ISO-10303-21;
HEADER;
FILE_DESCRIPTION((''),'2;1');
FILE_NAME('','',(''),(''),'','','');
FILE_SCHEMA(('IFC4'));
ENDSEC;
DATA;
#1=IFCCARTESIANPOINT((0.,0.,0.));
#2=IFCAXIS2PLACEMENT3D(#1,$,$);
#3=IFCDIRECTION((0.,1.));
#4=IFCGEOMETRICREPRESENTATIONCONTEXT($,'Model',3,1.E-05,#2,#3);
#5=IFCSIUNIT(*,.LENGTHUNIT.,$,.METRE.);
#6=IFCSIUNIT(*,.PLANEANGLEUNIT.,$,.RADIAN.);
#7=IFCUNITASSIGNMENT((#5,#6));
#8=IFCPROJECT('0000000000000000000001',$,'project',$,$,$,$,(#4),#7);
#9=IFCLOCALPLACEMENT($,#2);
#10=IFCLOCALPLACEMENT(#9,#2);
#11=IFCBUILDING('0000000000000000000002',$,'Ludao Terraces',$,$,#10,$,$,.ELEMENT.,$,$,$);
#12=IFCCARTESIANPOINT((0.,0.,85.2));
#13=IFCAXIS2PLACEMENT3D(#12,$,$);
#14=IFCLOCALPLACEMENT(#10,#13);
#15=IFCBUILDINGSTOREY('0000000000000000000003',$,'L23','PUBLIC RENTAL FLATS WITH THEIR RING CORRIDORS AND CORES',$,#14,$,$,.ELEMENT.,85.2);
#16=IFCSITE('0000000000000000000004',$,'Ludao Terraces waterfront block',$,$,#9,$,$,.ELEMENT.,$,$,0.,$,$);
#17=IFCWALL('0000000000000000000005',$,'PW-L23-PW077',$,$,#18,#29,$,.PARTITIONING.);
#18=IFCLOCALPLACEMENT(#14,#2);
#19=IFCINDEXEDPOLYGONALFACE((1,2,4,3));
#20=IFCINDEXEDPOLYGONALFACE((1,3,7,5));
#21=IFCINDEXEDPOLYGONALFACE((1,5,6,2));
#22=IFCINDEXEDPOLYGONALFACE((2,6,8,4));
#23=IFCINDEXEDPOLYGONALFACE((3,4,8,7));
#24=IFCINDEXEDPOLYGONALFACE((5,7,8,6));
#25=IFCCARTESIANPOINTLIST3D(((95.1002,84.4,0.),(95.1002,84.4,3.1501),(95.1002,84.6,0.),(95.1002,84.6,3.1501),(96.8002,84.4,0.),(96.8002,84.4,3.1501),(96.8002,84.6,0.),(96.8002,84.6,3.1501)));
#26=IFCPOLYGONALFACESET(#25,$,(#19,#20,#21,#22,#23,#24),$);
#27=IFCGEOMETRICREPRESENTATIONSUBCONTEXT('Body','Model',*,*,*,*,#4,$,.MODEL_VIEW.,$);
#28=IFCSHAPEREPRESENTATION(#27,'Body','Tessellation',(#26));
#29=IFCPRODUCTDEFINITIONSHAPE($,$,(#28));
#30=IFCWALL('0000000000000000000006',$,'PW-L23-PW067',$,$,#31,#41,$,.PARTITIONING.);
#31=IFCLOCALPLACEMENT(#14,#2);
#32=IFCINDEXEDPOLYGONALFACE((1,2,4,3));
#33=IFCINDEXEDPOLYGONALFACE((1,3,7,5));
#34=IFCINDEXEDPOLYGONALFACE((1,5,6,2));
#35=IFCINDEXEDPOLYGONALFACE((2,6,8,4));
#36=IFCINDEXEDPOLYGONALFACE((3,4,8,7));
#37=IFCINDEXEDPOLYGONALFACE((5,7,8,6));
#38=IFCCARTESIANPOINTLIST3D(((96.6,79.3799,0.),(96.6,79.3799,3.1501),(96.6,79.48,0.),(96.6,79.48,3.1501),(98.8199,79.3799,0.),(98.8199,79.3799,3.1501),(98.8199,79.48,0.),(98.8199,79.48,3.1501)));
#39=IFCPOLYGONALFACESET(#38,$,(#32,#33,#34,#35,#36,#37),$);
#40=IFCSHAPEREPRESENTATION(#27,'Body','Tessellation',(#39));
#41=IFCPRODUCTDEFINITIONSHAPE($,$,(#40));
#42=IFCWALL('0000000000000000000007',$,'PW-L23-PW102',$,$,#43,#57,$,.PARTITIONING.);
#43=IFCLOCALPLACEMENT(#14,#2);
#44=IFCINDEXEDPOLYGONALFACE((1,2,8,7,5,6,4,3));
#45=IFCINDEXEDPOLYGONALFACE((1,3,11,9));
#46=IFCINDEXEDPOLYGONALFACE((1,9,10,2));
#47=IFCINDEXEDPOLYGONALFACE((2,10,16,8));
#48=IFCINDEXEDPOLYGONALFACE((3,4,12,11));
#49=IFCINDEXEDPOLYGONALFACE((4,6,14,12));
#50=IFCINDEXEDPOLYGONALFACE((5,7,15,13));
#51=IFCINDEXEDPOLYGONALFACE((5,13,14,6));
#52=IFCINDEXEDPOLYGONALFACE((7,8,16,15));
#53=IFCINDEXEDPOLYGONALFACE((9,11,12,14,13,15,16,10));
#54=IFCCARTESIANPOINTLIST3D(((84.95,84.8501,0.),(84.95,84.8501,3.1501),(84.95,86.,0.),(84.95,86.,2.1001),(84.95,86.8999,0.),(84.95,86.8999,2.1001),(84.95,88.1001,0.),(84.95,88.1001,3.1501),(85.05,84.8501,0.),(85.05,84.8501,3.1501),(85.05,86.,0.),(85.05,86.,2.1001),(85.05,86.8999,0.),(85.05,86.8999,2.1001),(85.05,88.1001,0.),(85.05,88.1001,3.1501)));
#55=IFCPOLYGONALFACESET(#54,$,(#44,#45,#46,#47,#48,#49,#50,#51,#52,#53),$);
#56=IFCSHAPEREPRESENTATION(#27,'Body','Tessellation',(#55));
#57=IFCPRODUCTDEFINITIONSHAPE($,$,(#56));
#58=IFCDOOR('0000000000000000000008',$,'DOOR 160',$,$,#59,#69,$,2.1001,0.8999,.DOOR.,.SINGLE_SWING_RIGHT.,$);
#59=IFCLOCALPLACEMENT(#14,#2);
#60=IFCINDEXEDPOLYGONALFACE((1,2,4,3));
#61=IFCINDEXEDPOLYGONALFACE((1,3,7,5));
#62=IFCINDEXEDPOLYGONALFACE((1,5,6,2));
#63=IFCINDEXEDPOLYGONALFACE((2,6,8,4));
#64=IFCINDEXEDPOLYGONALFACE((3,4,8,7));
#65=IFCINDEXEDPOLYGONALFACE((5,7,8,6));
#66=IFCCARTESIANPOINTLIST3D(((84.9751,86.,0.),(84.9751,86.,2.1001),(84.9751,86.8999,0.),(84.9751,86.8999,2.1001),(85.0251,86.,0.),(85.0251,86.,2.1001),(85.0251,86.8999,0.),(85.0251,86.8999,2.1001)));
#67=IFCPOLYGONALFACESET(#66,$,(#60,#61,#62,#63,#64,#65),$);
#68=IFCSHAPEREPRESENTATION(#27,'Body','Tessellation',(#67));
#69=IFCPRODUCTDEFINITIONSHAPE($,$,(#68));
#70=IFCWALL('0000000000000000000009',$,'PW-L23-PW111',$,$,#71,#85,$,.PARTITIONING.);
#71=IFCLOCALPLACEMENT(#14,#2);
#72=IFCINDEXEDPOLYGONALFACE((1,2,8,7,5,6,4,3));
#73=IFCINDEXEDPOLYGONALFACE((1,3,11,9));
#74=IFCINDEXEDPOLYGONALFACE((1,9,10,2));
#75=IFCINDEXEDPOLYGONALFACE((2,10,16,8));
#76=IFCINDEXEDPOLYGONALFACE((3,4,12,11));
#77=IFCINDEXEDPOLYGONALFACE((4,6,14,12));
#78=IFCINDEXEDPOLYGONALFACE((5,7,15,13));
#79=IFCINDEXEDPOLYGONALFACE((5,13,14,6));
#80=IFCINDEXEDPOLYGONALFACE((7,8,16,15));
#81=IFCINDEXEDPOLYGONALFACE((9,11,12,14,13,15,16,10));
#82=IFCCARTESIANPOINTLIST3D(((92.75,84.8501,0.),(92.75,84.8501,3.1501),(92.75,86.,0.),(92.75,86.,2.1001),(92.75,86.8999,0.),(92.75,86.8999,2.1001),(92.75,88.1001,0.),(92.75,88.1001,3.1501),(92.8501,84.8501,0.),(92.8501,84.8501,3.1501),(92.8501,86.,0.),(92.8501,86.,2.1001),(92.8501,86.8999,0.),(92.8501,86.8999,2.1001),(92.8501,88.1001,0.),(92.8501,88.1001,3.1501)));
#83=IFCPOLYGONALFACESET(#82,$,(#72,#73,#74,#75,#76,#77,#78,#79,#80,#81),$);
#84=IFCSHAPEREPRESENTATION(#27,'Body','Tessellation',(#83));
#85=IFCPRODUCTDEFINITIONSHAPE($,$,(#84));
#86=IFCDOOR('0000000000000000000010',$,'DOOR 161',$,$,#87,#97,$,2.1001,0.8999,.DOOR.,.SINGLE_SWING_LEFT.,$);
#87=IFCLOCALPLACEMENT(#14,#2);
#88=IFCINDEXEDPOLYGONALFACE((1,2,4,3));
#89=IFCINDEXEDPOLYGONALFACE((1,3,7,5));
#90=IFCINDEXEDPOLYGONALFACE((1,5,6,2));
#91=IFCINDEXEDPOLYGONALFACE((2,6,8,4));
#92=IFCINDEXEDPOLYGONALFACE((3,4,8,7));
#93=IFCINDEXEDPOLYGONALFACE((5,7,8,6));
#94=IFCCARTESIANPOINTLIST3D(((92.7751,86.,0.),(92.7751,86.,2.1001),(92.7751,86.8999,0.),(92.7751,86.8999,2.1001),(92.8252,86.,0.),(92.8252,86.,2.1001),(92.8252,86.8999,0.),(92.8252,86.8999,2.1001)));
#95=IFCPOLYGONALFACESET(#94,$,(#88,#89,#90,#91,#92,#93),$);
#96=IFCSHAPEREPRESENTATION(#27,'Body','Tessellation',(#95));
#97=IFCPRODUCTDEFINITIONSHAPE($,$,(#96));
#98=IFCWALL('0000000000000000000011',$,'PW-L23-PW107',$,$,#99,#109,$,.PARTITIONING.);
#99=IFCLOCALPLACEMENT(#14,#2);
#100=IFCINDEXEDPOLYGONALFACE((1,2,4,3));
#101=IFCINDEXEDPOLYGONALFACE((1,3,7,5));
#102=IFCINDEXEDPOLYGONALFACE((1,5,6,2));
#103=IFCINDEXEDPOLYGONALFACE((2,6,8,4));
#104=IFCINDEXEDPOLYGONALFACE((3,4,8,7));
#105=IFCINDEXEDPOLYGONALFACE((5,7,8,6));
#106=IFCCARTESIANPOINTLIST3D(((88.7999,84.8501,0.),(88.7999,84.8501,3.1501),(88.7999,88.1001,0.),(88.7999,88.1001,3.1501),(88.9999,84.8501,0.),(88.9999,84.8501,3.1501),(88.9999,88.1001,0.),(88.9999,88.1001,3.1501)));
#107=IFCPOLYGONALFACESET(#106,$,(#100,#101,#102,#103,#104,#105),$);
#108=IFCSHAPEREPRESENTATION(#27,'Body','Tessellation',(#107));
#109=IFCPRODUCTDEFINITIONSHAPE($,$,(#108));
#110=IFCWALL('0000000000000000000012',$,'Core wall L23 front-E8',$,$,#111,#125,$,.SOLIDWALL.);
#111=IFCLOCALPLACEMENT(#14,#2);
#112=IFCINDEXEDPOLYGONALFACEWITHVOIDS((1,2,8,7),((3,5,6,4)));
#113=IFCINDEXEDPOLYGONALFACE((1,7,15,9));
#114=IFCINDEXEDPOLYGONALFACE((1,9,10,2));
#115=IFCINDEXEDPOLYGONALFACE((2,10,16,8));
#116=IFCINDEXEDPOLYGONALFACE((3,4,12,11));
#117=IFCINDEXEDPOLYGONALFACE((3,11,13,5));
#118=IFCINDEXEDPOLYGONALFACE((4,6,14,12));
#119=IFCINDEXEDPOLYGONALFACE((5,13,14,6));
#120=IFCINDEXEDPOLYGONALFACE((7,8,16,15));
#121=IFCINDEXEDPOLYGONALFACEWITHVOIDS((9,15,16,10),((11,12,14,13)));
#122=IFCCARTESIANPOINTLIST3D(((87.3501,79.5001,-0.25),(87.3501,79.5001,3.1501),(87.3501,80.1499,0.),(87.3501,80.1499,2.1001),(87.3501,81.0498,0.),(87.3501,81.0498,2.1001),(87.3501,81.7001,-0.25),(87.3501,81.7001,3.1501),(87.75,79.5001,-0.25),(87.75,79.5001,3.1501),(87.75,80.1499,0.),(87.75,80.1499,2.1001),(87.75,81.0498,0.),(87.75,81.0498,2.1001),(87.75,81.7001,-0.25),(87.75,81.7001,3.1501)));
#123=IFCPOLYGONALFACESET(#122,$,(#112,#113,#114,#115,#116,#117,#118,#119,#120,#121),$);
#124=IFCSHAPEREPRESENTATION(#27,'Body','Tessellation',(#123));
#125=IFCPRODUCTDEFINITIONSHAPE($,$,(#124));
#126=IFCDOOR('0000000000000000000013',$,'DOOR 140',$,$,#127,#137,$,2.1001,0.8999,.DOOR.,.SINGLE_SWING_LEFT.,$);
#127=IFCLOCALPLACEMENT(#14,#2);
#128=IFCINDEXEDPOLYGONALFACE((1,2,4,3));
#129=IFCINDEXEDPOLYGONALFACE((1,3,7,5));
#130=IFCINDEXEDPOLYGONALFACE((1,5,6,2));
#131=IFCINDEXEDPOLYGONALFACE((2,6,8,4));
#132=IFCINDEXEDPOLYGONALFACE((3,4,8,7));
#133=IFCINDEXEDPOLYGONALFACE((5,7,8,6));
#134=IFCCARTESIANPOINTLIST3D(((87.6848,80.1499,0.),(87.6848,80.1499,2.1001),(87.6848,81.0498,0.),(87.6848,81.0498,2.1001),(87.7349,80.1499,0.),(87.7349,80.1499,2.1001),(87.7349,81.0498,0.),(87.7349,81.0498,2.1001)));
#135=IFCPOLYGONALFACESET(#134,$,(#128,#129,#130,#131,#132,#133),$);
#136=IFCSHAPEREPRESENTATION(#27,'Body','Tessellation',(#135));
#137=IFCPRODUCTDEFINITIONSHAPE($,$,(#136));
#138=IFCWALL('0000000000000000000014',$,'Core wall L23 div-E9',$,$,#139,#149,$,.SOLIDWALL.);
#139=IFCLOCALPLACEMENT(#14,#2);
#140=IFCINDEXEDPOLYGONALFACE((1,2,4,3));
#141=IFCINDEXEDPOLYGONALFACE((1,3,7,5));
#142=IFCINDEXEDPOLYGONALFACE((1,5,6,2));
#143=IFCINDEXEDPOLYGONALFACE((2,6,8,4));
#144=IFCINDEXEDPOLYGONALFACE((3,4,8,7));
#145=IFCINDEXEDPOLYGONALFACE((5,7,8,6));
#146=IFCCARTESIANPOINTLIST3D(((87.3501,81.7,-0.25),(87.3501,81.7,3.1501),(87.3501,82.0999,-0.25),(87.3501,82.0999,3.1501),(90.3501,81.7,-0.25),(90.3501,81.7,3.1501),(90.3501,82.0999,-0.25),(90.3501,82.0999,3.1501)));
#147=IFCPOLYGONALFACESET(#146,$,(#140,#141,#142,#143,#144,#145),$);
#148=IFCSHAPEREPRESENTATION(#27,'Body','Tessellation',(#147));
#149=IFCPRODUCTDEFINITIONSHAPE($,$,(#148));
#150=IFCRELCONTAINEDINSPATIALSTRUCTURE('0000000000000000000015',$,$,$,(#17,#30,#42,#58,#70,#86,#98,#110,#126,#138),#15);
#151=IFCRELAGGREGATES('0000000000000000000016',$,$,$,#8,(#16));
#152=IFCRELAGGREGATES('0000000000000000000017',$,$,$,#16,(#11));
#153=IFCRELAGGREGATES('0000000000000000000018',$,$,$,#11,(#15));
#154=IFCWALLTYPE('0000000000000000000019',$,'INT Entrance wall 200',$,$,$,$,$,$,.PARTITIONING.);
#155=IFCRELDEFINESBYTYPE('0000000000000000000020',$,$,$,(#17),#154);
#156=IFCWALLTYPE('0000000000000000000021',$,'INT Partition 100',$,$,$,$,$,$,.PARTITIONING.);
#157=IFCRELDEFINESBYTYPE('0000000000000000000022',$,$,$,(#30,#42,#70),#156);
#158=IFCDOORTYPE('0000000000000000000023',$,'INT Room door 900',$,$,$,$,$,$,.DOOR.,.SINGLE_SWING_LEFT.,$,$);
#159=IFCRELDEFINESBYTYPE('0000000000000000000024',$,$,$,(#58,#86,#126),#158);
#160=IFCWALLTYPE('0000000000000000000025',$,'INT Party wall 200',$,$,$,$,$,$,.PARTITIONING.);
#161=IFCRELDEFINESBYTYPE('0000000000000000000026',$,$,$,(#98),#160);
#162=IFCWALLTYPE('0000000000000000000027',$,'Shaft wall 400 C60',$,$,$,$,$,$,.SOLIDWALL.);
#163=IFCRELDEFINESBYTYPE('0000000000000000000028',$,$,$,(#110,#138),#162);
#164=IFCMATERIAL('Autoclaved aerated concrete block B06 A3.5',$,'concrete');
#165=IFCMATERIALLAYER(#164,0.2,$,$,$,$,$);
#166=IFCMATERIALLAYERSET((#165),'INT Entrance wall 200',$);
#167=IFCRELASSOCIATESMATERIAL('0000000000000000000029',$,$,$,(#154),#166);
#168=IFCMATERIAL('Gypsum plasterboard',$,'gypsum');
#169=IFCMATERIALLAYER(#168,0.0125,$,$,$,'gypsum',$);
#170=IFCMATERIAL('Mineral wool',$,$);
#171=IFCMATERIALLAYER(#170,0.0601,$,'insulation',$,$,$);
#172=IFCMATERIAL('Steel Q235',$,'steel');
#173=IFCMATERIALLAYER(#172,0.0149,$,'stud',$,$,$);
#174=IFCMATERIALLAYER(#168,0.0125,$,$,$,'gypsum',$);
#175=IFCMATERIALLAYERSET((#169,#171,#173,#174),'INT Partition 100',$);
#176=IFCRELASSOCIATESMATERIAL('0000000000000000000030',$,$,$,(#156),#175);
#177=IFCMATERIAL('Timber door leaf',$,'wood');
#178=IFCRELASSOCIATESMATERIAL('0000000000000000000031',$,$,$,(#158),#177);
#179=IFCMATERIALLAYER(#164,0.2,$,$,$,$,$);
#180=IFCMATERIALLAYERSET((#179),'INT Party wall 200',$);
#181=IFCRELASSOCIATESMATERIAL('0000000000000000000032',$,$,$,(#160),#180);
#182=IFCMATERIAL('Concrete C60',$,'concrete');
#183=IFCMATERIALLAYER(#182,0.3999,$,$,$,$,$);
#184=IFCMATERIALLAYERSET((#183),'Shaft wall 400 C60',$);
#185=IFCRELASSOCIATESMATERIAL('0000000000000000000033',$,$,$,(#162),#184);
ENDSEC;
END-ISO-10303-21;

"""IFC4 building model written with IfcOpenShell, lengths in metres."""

from ifc_helpers import new_model, si_unit, direction, frame, frame_2d, origin, place, context, subcontext, project, spatial, rectangle, extrude, material, layer, layer_set, type_object, element, fill, save


model = new_model("IFC4")

# Units and contexts
model_context = context("Model", 3, precision=1e-05, world=origin(), true_north=direction((0.0, 1.0)))
body_context = subcontext(model_context, "Body", "Model", "MODEL_VIEW")
ifc_project = project(units=[si_unit("LENGTHUNIT", "METRE"), si_unit("PLANEANGLEUNIT", "RADIAN")], contexts=[model_context])

# Site, building, storey
site_placement = place(None, origin())
site = spatial("IfcSite", under=ifc_project, at=site_placement, Name="Ludao Terraces waterfront block", CompositionType="ELEMENT", RefElevation=0.0)
building_placement = place(site_placement, origin())
building = spatial("IfcBuilding", under=site, at=building_placement, Name="Ludao Terraces", CompositionType="ELEMENT")
storey_placement = place(building_placement, frame((0.0, 0.0, 85.2)))
storey = spatial("IfcBuildingStorey", under=building, at=storey_placement, Name="L23", Description="PUBLIC RENTAL FLATS WITH THEIR RING CORRIDORS AND CORES", CompositionType="ELEMENT", Elevation=85.2)

# Shared definitions
ifc_material_1 = material(Name="Mineral wool")

# Walls
ifc_material_2 = material(Name="Autoclaved aerated concrete block B06 A3.5", Category="concrete")
ifc_layer_1 = layer(ifc_material_2, 0.2)
ifc_layer_set_1 = layer_set([ifc_layer_1], Name="INT Entrance wall 200")
wall_type_1 = type_object("IfcWallType", Name="INT Entrance wall 200", PredefinedType="PARTITIONING", material=ifc_layer_set_1)
wall_1_placement = place(storey_placement, frame((95.1001, 84.5, 0.0), z_axis=(0.0, 0.0, 1.0), x_axis=(1.0, 0.0, 0.0)))
element("IfcWall", 1, at=wall_1_placement, inside=storey, type_object=wall_type_1, Name="PW-L23-PW077", PredefinedType="PARTITIONING", context=body_context, shape_type="SweptSolid", body=[
    extrude(rectangle(XDim=1.7, YDim=0.2, at=frame_2d((0.8501, 0.0))), origin(), (0.0, 0.0, 1.0), 3.1501),
])
ifc_material_3 = material(Name="Gypsum plasterboard", Category="gypsum")
ifc_layer_2 = layer(ifc_material_3, 0.0125, Category="gypsum")
ifc_layer_3 = layer(ifc_material_1, 0.0601, Name="insulation")
ifc_material_4 = material(Name="Steel Q235", Category="steel")
ifc_layer_4 = layer(ifc_material_4, 0.0149, Name="stud")
ifc_layer_5 = layer(ifc_material_3, 0.0125, Category="gypsum")
ifc_layer_set_2 = layer_set([ifc_layer_2, ifc_layer_3, ifc_layer_4, ifc_layer_5], Name="INT Partition 100")
wall_type_2 = type_object("IfcWallType", Name="INT Partition 100", PredefinedType="PARTITIONING", material=ifc_layer_set_2)
wall_2_placement = place(storey_placement, frame((96.6001, 79.4299, 0.0), z_axis=(0.0, 0.0, 1.0), x_axis=(1.0, 0.0, 0.0)))
element("IfcWall", 2, at=wall_2_placement, inside=storey, type_object=wall_type_2, Name="PW-L23-PW067", PredefinedType="PARTITIONING", context=body_context, shape_type="SweptSolid", body=[
    extrude(rectangle(XDim=2.22, YDim=0.1001, at=frame_2d((1.1099, 0.0))), origin(), (0.0, 0.0, 1.0), 3.1501),
])

# Walls, openings, doors
wall_3_placement = place(storey_placement, frame((85.0, 84.8501, 0.0), z_axis=(0.0, 0.0, 1.0), x_axis=(0.0, 1.0, 0.0)))
wall_3 = element("IfcWall", 3, at=wall_3_placement, inside=storey, type_object=wall_type_2, Name="PW-L23-PW102", PredefinedType="PARTITIONING", context=body_context, shape_type="SweptSolid", body=[
    extrude(rectangle(XDim=3.25, YDim=0.1001, at=frame_2d((1.625, 0.0))), origin(), (0.0, 0.0, 1.0), 3.1501),
])
opening_1_placement = place(wall_3_placement, frame((1.1499, 0.0, 0.0)))
opening_1 = element("IfcOpeningElement", 4, at=opening_1_placement, cuts=wall_3, PredefinedType="OPENING", context=body_context, shape_type="SweptSolid", body=[
    extrude(rectangle(XDim=0.8999, YDim=2.1001, at=frame_2d((0.45, 1.05))), frame((0.0, 0.0601, 0.0), z_axis=(0.0, -1.0, 0.0), x_axis=(1.0, 0.0, 0.0)), (0.0, 0.0, 1.0), 0.1201),
])
ifc_material_5 = material(Name="Timber door leaf", Category="wood")
door_type_1 = type_object("IfcDoorType", Name="INT Room door 900", OperationType="SINGLE_SWING_LEFT", PredefinedType="DOOR", material=ifc_material_5)
door_1_placement = place(opening_1_placement, origin())
door_1 = element("IfcDoor", 5, at=door_1_placement, inside=storey, type_object=door_type_1, Name="DOOR 160", OperationType="SINGLE_SWING_RIGHT", OverallHeight=2.1001, OverallWidth=0.8999, PredefinedType="DOOR", context=body_context, shape_type="SweptSolid", body=[
    extrude(rectangle(XDim=0.8999, YDim=2.1001, at=frame_2d((0.45, 1.05))), frame((0.0, 0.0249, 0.0), z_axis=(0.0, -1.0, 0.0), x_axis=(1.0, 0.0, 0.0)), (0.0, 0.0, 1.0), 0.05),
])
fill(opening_1, door_1)
wall_4_placement = place(storey_placement, frame((92.8, 84.8501, 0.0), z_axis=(0.0, 0.0, 1.0), x_axis=(0.0, 1.0, 0.0)))
wall_4 = element("IfcWall", 6, at=wall_4_placement, inside=storey, type_object=wall_type_2, Name="PW-L23-PW111", PredefinedType="PARTITIONING", context=body_context, shape_type="SweptSolid", body=[
    extrude(rectangle(XDim=3.25, YDim=0.1001, at=frame_2d((1.625, 0.0))), origin(), (0.0, 0.0, 1.0), 3.1501),
])
opening_2_placement = place(wall_4_placement, frame((1.1499, 0.0, 0.0)))
opening_2 = element("IfcOpeningElement", 7, at=opening_2_placement, cuts=wall_4, PredefinedType="OPENING", context=body_context, shape_type="SweptSolid", body=[
    extrude(rectangle(XDim=0.8999, YDim=2.1001, at=frame_2d((0.45, 1.05))), frame((0.0, 0.0601, 0.0), z_axis=(0.0, -1.0, 0.0), x_axis=(1.0, 0.0, 0.0)), (0.0, 0.0, 1.0), 0.1201),
])
door_2_placement = place(opening_2_placement, origin())
door_2 = element("IfcDoor", 8, at=door_2_placement, inside=storey, type_object=door_type_1, Name="DOOR 161", OperationType="SINGLE_SWING_LEFT", OverallHeight=2.1001, OverallWidth=0.8999, PredefinedType="DOOR", context=body_context, shape_type="SweptSolid", body=[
    extrude(rectangle(XDim=0.8999, YDim=2.1001, at=frame_2d((0.45, 1.05))), frame((0.0, 0.0249, 0.0), z_axis=(0.0, -1.0, 0.0), x_axis=(1.0, 0.0, 0.0)), (0.0, 0.0, 1.0), 0.05),
])
fill(opening_2, door_2)

# Wall
ifc_layer_6 = layer(ifc_material_2, 0.2)
ifc_layer_set_3 = layer_set([ifc_layer_6], Name="INT Party wall 200")
wall_type_3 = type_object("IfcWallType", Name="INT Party wall 200", PredefinedType="PARTITIONING", material=ifc_layer_set_3)
wall_5_placement = place(storey_placement, frame((88.8999, 84.8501, 0.0), z_axis=(0.0, 0.0, 1.0), x_axis=(0.0, 1.0, 0.0)))
element("IfcWall", 9, at=wall_5_placement, inside=storey, type_object=wall_type_3, Name="PW-L23-PW107", PredefinedType="PARTITIONING", context=body_context, shape_type="SweptSolid", body=[
    extrude(rectangle(XDim=3.25, YDim=0.2, at=frame_2d((1.625, 0.0))), origin(), (0.0, 0.0, 1.0), 3.1501),
])

# Wall, opening, door
ifc_material_6 = material(Name="Concrete C60", Category="concrete")
ifc_layer_7 = layer(ifc_material_6, 0.3999)
ifc_layer_set_4 = layer_set([ifc_layer_7], Name="Shaft wall 400 C60")
wall_type_4 = type_object("IfcWallType", Name="Shaft wall 400 C60", PredefinedType="SOLIDWALL", material=ifc_layer_set_4)
wall_6_placement = place(storey_placement, frame((87.55, 79.5, -0.25), z_axis=(0.0, 0.0, 1.0), x_axis=(0.0, 1.0, 0.0)))
wall_6 = element("IfcWall", 10, at=wall_6_placement, inside=storey, type_object=wall_type_4, Name="Core wall L23 front-E8", PredefinedType="SOLIDWALL", context=body_context, shape_type="SweptSolid", body=[
    extrude(rectangle(XDim=2.2, YDim=0.3999, at=frame_2d((1.1001, 0.0))), origin(), (0.0, 0.0, 1.0), 3.4001),
])
opening_3_placement = place(wall_6_placement, frame((0.6499, 0.0, 0.25)))
opening_3 = element("IfcOpeningElement", 11, at=opening_3_placement, cuts=wall_6, PredefinedType="OPENING", context=body_context, shape_type="SweptSolid", body=[
    extrude(rectangle(XDim=0.8999, YDim=2.1001, at=frame_2d((0.45, 1.05))), frame((0.0, 0.21, 0.0), z_axis=(0.0, -1.0, 0.0), x_axis=(1.0, 0.0, 0.0)), (0.0, 0.0, 1.0), 0.4199),
])
door_3_placement = place(opening_3_placement, origin())
door_3 = element("IfcDoor", 12, at=door_3_placement, inside=storey, type_object=door_type_1, Name="DOOR 140", OperationType="SINGLE_SWING_LEFT", OverallHeight=2.1001, OverallWidth=0.8999, PredefinedType="DOOR", context=body_context, shape_type="SweptSolid", body=[
    extrude(rectangle(XDim=0.8999, YDim=2.1001, at=frame_2d((0.45, 1.05))), frame((0.0, -0.1348, 0.0), z_axis=(0.0, -1.0, 0.0), x_axis=(1.0, 0.0, 0.0)), (0.0, 0.0, 1.0), 0.05),
])
fill(opening_3, door_3)

# Wall
wall_7_placement = place(storey_placement, frame((87.3501, 81.8999, -0.25), z_axis=(0.0, 0.0, 1.0), x_axis=(1.0, 0.0, 0.0)))
element("IfcWall", 13, at=wall_7_placement, inside=storey, type_object=wall_type_4, Name="Core wall L23 div-E9", PredefinedType="SOLIDWALL", context=body_context, shape_type="SweptSolid", body=[
    extrude(rectangle(XDim=3.0, YDim=0.3999, at=frame_2d((1.5, 0.0))), origin(), (0.0, 0.0, 1.0), 3.4001),
])

save(model, "model.ifc")
